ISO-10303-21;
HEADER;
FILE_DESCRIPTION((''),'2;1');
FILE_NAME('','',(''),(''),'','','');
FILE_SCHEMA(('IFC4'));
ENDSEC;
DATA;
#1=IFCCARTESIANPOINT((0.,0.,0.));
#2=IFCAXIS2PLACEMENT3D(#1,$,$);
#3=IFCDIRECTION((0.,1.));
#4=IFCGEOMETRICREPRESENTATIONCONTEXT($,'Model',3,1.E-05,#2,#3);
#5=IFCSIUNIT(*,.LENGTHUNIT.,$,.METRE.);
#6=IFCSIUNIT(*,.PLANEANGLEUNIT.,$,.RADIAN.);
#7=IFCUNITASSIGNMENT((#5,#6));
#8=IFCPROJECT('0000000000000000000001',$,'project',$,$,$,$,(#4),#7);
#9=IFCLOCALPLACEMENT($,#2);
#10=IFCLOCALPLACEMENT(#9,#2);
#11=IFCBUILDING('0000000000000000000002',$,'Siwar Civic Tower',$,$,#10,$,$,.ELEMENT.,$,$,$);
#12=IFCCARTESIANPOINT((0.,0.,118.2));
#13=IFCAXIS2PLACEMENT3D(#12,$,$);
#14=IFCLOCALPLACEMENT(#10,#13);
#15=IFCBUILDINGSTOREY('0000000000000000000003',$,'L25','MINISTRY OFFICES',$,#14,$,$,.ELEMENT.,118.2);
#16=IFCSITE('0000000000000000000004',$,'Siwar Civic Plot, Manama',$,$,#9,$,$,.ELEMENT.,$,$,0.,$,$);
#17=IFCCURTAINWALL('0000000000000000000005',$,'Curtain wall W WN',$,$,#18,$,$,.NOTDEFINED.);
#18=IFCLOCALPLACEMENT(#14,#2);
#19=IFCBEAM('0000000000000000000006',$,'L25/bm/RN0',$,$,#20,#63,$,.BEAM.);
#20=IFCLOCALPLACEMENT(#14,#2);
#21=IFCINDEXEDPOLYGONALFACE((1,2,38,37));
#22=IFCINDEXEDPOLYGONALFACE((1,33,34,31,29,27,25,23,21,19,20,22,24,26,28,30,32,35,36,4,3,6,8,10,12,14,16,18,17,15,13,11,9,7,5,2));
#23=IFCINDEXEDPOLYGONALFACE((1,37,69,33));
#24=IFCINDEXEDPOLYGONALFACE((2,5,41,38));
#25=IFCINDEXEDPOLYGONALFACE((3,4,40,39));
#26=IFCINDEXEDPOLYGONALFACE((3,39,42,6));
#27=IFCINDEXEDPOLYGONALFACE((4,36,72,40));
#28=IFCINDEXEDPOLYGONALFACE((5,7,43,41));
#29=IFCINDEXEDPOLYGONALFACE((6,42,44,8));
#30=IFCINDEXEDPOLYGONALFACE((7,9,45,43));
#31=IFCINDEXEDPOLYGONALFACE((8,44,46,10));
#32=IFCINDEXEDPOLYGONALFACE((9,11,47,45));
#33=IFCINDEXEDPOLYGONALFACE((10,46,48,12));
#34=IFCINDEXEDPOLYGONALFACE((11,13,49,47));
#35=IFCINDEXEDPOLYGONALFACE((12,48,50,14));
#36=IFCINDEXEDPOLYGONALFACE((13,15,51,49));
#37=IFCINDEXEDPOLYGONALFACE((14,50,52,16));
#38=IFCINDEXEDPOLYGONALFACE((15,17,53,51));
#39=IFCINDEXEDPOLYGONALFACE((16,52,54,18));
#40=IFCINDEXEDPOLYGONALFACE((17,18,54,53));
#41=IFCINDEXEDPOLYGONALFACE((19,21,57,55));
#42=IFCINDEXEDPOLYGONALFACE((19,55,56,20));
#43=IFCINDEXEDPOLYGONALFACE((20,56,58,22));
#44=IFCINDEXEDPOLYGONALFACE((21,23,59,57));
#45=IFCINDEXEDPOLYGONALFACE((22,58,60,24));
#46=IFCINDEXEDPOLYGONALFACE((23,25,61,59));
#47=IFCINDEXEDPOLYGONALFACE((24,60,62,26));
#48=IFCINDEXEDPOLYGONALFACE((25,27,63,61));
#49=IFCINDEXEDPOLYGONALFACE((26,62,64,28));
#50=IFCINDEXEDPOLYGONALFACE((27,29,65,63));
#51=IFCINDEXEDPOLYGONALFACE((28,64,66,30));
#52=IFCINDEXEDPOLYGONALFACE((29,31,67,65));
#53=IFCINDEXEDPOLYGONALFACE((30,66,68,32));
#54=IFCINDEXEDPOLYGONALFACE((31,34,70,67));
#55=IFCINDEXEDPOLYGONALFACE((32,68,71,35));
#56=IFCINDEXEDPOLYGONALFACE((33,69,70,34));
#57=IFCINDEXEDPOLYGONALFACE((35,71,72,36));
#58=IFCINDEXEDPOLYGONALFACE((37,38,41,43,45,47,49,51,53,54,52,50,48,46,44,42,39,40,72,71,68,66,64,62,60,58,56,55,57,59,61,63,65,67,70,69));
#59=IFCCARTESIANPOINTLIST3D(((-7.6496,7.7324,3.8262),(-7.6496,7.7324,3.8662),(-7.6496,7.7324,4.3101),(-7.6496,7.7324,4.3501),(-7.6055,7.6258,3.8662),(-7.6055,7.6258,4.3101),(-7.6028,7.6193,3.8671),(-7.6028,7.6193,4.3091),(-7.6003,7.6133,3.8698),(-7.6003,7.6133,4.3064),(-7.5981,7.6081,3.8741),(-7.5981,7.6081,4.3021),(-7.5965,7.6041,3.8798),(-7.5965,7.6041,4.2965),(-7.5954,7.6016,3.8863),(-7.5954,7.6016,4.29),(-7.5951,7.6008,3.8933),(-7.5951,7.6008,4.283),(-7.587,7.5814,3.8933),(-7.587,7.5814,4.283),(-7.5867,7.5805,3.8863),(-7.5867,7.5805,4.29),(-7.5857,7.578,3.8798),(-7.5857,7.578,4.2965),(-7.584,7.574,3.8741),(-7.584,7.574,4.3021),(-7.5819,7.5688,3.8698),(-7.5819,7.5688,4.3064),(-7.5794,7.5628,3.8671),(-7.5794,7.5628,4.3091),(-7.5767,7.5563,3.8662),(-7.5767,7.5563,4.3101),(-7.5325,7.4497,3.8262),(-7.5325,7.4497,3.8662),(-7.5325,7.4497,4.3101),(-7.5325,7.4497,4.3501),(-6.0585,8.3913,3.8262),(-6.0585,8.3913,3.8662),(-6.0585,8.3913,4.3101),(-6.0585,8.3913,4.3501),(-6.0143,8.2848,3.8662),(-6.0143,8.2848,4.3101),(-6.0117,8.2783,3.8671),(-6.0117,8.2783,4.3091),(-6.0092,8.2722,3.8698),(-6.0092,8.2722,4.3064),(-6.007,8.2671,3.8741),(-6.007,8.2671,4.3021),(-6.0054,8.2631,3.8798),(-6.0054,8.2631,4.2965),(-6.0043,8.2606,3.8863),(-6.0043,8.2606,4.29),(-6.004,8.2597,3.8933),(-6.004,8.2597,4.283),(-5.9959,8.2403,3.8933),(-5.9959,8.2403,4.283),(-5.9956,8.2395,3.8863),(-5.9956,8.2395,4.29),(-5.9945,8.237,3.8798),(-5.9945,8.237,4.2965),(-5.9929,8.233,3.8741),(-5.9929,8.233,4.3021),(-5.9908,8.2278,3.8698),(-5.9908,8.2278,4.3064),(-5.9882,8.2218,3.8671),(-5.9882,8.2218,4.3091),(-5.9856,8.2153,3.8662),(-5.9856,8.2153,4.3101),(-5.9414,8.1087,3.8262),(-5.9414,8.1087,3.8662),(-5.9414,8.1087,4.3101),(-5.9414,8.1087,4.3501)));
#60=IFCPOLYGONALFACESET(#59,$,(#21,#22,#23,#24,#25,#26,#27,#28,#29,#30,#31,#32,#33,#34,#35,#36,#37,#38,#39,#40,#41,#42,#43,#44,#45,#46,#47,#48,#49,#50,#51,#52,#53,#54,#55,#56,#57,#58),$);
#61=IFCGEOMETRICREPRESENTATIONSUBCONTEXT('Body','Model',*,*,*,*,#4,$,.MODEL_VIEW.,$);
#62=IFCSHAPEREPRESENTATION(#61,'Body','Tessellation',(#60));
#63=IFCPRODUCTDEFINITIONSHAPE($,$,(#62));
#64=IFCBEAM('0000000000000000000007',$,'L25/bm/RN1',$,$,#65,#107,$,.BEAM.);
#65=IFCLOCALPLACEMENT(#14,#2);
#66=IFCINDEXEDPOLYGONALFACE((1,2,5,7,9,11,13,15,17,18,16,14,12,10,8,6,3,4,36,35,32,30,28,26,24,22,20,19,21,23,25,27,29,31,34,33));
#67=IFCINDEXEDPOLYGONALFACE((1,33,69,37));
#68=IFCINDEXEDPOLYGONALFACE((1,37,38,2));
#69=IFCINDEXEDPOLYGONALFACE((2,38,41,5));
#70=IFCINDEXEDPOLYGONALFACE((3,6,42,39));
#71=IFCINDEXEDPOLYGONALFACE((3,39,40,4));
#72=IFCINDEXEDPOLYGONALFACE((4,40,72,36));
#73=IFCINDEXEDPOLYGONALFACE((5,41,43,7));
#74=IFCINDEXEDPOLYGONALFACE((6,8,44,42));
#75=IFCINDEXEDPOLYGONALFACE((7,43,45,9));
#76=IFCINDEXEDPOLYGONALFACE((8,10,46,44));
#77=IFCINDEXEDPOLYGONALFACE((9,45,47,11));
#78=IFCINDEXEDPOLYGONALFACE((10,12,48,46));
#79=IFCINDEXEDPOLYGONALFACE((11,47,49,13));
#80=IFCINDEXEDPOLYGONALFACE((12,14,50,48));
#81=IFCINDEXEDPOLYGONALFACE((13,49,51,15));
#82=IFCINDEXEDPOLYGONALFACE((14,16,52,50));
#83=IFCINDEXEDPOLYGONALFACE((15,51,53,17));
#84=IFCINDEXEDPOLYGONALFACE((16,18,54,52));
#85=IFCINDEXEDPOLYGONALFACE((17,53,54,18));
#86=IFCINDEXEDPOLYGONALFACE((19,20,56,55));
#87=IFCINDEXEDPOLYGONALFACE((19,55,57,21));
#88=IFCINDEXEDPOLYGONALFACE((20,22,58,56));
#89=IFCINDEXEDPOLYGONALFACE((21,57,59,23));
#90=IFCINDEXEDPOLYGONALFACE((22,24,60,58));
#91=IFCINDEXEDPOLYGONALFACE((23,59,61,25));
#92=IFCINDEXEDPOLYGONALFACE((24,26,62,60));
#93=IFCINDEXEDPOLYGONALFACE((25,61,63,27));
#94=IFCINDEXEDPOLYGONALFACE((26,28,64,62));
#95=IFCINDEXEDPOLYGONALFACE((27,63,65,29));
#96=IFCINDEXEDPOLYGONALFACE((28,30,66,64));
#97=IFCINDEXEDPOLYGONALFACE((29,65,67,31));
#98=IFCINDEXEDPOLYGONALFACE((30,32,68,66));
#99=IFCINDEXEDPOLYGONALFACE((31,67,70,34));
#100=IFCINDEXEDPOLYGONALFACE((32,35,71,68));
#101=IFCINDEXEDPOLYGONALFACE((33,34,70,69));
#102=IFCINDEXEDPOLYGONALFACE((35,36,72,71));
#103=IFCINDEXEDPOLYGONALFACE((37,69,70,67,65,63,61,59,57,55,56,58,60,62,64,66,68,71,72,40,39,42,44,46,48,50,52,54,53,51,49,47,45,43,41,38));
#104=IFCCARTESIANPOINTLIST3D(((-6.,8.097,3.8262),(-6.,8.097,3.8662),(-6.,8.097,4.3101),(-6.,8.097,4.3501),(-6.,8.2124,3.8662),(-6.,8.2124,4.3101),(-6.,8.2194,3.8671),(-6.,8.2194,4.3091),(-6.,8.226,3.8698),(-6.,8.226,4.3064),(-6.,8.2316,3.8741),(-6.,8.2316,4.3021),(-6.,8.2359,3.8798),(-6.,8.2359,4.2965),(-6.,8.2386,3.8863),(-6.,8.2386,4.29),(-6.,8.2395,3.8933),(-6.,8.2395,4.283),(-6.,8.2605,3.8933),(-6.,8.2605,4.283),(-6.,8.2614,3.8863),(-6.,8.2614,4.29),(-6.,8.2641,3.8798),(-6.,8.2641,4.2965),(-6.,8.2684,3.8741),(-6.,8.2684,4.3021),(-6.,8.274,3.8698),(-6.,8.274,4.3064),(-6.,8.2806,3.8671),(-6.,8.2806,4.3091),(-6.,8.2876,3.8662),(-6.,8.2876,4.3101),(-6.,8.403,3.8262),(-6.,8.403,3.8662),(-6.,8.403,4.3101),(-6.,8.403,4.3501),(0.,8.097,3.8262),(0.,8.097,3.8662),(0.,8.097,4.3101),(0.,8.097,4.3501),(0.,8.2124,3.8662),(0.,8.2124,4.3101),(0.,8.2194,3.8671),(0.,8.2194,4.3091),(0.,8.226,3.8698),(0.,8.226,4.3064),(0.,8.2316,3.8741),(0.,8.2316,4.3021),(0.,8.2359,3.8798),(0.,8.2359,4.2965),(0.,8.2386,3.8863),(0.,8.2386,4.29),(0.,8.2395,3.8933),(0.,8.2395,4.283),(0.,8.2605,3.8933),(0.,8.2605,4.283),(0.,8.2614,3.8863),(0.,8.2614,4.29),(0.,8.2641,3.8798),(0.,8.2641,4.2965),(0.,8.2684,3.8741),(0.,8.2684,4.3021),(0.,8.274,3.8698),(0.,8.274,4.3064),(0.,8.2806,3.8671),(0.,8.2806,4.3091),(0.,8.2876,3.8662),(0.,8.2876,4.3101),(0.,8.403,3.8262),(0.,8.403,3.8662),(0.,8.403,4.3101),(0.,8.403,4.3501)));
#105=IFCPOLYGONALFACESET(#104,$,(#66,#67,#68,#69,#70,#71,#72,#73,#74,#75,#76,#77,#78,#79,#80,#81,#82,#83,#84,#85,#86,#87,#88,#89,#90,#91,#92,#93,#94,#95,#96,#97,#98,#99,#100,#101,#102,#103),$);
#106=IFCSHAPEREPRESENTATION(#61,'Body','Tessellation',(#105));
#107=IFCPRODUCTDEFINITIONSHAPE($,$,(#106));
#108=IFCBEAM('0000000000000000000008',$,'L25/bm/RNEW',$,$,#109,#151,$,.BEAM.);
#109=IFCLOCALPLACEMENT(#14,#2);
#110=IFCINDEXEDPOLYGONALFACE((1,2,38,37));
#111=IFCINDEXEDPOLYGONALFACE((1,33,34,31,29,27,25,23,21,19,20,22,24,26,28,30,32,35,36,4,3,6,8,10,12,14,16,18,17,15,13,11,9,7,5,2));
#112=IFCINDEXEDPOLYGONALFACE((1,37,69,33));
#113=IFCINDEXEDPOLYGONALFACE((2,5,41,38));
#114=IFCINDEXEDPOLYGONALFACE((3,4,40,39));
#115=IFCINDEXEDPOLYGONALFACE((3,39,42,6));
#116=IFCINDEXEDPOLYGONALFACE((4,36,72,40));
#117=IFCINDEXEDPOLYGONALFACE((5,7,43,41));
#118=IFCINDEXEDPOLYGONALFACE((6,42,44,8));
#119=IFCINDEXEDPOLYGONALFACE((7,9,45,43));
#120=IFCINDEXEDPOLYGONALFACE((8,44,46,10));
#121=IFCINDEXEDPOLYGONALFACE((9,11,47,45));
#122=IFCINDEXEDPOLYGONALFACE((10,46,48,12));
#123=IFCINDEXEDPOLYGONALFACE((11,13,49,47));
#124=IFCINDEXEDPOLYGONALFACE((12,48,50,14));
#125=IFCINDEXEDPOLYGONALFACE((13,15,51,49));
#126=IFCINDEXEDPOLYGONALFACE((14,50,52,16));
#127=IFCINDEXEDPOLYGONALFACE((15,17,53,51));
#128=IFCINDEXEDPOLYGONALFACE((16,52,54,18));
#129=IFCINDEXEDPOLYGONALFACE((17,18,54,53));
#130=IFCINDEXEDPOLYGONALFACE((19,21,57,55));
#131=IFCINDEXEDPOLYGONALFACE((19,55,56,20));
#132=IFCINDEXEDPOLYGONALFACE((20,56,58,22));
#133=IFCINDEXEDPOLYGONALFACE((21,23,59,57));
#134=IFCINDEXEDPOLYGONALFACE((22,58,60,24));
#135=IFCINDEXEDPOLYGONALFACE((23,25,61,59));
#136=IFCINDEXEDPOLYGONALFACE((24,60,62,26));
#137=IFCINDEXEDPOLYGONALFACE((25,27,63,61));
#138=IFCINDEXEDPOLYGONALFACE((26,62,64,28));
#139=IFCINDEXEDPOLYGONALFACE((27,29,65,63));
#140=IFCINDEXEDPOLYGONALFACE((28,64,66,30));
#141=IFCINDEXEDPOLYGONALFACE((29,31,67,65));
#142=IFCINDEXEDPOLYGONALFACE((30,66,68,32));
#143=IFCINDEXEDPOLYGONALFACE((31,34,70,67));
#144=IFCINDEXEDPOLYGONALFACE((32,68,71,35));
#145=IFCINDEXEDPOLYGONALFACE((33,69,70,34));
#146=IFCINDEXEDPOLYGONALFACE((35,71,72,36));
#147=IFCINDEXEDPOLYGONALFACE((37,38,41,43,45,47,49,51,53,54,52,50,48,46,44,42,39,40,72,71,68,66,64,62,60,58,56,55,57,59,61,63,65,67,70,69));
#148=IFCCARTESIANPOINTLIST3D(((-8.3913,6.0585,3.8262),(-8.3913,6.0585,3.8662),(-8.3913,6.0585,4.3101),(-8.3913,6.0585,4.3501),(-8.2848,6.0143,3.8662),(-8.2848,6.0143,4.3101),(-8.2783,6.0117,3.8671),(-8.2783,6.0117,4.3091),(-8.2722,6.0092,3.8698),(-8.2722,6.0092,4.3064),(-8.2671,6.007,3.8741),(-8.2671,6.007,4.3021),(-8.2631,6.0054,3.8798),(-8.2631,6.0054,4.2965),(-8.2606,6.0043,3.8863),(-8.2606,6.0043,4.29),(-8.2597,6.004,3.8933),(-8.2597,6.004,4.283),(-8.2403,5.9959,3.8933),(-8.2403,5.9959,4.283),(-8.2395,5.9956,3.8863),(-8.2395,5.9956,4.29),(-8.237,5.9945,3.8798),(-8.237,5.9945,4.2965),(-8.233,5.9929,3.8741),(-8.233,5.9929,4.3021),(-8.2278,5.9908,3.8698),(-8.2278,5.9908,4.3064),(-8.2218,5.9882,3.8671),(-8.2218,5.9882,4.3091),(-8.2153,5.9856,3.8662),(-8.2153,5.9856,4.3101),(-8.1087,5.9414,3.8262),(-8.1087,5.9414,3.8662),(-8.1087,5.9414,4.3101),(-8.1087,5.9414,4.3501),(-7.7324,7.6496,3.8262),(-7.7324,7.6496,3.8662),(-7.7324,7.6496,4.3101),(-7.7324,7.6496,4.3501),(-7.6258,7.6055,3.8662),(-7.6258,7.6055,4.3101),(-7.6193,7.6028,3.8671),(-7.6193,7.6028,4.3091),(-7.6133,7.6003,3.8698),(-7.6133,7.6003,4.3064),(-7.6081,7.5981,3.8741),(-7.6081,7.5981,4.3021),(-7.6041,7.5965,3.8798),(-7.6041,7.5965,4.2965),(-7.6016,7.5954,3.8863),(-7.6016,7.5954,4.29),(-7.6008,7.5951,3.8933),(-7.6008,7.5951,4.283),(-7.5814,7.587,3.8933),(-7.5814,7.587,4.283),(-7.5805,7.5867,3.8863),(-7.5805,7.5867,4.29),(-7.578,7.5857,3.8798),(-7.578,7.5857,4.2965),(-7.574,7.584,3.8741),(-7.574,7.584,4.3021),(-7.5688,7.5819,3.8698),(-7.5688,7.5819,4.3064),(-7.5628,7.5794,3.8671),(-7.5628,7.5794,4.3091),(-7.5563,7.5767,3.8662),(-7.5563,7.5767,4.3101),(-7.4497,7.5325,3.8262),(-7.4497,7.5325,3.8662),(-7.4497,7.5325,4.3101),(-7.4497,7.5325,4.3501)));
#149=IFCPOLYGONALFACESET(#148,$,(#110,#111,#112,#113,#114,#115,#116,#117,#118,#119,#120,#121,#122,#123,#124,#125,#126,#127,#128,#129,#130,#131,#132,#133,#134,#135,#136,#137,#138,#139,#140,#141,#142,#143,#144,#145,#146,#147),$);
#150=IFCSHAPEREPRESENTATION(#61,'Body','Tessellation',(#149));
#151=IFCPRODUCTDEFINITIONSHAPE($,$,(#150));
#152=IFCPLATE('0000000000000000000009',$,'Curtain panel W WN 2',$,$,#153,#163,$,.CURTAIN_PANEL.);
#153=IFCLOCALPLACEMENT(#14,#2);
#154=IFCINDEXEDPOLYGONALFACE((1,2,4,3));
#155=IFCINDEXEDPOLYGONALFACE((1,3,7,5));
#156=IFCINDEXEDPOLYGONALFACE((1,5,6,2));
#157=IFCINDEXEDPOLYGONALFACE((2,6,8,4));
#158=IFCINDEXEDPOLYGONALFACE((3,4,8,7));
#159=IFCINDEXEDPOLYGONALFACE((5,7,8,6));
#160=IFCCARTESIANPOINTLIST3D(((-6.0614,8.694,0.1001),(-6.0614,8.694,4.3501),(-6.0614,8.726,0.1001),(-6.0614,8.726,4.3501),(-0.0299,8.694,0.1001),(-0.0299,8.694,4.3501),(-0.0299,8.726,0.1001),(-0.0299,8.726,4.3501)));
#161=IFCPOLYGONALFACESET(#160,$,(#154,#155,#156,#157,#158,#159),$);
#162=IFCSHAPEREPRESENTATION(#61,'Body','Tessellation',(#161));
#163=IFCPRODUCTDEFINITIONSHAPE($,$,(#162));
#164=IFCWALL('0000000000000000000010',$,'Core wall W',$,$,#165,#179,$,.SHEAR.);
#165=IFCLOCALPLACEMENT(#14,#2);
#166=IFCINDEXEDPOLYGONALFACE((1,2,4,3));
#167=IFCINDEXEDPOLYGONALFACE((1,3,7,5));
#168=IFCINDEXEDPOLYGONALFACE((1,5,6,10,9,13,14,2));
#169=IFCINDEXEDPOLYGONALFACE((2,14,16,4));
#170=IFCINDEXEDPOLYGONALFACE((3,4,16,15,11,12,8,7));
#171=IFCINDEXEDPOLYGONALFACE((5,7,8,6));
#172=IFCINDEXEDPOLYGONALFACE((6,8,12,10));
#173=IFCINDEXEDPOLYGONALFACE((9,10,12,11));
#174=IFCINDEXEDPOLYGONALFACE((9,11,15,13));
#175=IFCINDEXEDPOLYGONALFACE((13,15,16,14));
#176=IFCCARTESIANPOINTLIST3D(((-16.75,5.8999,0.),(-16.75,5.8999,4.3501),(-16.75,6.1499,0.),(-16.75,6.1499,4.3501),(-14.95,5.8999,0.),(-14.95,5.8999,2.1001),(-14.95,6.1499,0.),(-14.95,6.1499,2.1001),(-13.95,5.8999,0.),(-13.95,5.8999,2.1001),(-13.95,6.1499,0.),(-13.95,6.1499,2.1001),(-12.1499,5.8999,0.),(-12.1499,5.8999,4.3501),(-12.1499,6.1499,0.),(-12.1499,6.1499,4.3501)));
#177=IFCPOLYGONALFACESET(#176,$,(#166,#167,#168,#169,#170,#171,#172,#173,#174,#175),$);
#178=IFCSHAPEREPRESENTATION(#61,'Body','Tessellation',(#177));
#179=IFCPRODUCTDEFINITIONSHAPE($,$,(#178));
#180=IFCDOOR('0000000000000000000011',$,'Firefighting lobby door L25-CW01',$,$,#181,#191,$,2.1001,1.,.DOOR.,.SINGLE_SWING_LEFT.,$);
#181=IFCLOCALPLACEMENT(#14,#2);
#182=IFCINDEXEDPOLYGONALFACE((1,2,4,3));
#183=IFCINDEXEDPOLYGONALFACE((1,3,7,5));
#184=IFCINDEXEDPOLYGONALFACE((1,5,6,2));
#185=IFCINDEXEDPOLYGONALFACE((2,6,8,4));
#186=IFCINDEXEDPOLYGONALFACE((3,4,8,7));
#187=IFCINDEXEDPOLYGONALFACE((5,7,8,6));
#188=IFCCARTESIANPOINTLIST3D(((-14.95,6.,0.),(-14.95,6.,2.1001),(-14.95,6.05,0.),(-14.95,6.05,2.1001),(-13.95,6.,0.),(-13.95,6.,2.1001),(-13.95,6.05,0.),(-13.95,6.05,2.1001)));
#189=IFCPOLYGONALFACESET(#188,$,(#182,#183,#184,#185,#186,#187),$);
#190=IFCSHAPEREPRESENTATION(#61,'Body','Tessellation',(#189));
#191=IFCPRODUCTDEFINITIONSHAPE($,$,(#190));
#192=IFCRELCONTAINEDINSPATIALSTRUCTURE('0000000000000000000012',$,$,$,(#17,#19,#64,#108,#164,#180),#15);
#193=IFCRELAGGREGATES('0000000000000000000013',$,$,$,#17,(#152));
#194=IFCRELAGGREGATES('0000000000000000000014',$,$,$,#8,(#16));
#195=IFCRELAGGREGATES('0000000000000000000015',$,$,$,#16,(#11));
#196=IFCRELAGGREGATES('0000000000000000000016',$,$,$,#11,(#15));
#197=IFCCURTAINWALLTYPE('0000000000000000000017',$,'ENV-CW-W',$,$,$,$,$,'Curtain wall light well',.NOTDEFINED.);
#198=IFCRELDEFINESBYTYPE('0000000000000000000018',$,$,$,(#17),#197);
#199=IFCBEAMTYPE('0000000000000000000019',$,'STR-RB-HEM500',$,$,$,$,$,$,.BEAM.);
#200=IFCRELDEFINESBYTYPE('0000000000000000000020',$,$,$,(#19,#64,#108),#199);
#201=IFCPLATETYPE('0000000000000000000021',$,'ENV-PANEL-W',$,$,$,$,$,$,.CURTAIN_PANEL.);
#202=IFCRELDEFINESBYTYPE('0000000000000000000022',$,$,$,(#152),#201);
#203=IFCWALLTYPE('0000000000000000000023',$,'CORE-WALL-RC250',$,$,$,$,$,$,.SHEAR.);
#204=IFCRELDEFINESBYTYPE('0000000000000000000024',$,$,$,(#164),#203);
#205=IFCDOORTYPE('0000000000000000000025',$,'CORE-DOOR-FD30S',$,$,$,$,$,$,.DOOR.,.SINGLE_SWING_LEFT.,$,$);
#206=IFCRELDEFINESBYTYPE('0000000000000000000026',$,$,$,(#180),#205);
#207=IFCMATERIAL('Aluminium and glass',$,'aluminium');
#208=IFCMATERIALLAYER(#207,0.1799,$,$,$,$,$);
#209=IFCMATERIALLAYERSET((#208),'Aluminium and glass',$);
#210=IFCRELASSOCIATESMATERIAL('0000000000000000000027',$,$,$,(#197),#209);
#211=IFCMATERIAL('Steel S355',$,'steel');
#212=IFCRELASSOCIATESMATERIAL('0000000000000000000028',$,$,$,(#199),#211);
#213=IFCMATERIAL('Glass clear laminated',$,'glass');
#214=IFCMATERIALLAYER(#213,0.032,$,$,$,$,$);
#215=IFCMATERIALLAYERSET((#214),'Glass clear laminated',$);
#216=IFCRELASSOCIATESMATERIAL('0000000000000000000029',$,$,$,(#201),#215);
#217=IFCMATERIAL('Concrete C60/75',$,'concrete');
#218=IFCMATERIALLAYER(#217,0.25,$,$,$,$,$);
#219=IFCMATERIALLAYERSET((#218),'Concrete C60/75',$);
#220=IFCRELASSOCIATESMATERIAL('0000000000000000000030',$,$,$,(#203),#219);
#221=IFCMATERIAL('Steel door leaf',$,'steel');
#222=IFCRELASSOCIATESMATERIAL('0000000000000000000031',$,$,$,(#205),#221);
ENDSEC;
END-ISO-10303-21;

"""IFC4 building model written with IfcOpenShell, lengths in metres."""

from ifc_helpers import new_model, si_unit, direction, frame, frame_2d, origin, origin_2d, place, context, subcontext, project, spatial, rectangle, i_section, extrude, material, layer, layer_set, material_profile, profile_set, type_object, element, fill, aggregate, save


model = new_model("IFC4")

# Units and contexts
model_context = context("Model", 3, precision=1e-05, world=origin(), true_north=direction((0.0, 1.0)))
body_context = subcontext(model_context, "Body", "Model", "MODEL_VIEW")
ifc_project = project(units=[si_unit("LENGTHUNIT", "METRE"), si_unit("PLANEANGLEUNIT", "RADIAN")], contexts=[model_context])

# Site, building, storey
site_placement = place(None, origin())
site = spatial("IfcSite", under=ifc_project, at=site_placement, Name="Siwar Civic Plot, Manama", CompositionType="ELEMENT", RefElevation=0.0)
building_placement = place(site_placement, origin())
building = spatial("IfcBuilding", under=site, at=building_placement, Name="Siwar Civic Tower", CompositionType="ELEMENT")
storey_placement = place(building_placement, frame((0.0, 0.0, 118.2)))
storey = spatial("IfcBuildingStorey", under=building, at=storey_placement, Name="L25", Description="MINISTRY OFFICES", CompositionType="ELEMENT", Elevation=118.2)

# Curtain wall
ifc_material_1 = material(Name="Aluminium and glass", Category="aluminium")
ifc_layer_1 = layer(ifc_material_1, 0.1799)
ifc_layer_set_1 = layer_set([ifc_layer_1], Name="Aluminium and glass")
curtain_wall_type = type_object("IfcCurtainWallType", Name="ENV-CW-W", ElementType="Curtain wall light well", PredefinedType="NOTDEFINED", material=ifc_layer_set_1)
curtain_wall_placement = place(storey_placement, origin())
curtain_wall = element("IfcCurtainWall", 1, at=curtain_wall_placement, inside=storey, type_object=curtain_wall_type, Name="Curtain wall W WN", PredefinedType="NOTDEFINED")

# Beams
ifc_material_2 = material(Name="Steel S355", Category="steel")
ifc_material_profile_1 = material_profile(ifc_material_2, i_section(OverallWidth=0.3059, OverallDepth=0.5239, WebThickness=0.021, FlangeThickness=0.04, FilletRadius=0.0271, at=origin_2d()), Name="HEM500")
ifc_profile_set_1 = profile_set([ifc_material_profile_1], Name="Steel S355")
beam_type_1 = type_object("IfcBeamType", Name="STR-RB-HEM500", PredefinedType="BEAM", material=ifc_profile_set_1)
beam_1_placement = place(storey_placement, frame((-7.5911, 7.5911, 4.0881), z_axis=(0.923901, 0.382631, 0.0), x_axis=(-0.382631, 0.923901, 0.0)))
element("IfcBeam", 2, at=beam_1_placement, inside=storey, type_object=beam_type_1, Name="L25/bm/RN0", PredefinedType="BEAM", context=body_context, shape_type="SweptSolid", body=[
    extrude(i_section(OverallWidth=0.3059, OverallDepth=0.5239, WebThickness=0.021, FlangeThickness=0.04, FilletRadius=0.0271, at=origin_2d()), origin(), (0.0, 0.0, 1.0), 1.7222),
])
beam_2_placement = place(storey_placement, frame((-6.0, 8.25, 4.0881), z_axis=(1.0, 0.0, 0.0), x_axis=(0.0, 1.0, 0.0)))
element("IfcBeam", 3, at=beam_2_placement, inside=storey, type_object=beam_type_1, Name="L25/bm/RN1", PredefinedType="BEAM", context=body_context, shape_type="SweptSolid", body=[
    extrude(i_section(OverallWidth=0.3059, OverallDepth=0.5239, WebThickness=0.021, FlangeThickness=0.04, FilletRadius=0.0271, at=origin_2d()), origin(), (0.0, 0.0, 1.0), 6.0),
])
beam_3_placement = place(storey_placement, frame((-7.5911, 7.5911, 4.0881), z_axis=(-0.382631, -0.923901, 0.0), x_axis=(0.923901, -0.382631, 0.0)))
element("IfcBeam", 4, at=beam_3_placement, inside=storey, type_object=beam_type_1, Name="L25/bm/RNEW", PredefinedType="BEAM", context=body_context, shape_type="SweptSolid", body=[
    extrude(i_section(OverallWidth=0.3059, OverallDepth=0.5239, WebThickness=0.021, FlangeThickness=0.04, FilletRadius=0.0271, at=origin_2d()), origin(), (0.0, 0.0, 1.0), 1.7222),
])

# Plate
ifc_material_3 = material(Name="Glass clear laminated", Category="glass")
ifc_layer_2 = layer(ifc_material_3, 0.032)
ifc_layer_set_2 = layer_set([ifc_layer_2], Name="Glass clear laminated")
plate_type = type_object("IfcPlateType", Name="ENV-PANEL-W", PredefinedType="CURTAIN_PANEL", material=ifc_layer_set_2)
plate_placement = place(storey_placement, frame((-3.0457, 8.71, 0.1001), z_axis=(0.0, 0.0, 1.0), x_axis=(-1.0, 0.0, 0.0)))
plate = element("IfcPlate", 5, at=plate_placement, type_object=plate_type, Name="Curtain panel W WN 2", PredefinedType="CURTAIN_PANEL", context=body_context, shape_type="SweptSolid", body=[
    extrude(rectangle(XDim=6.0315, YDim=0.032, at=origin_2d()), origin(), (0.0, 0.0, 1.0), 4.25),
])
aggregate(curtain_wall, [plate])

# Wall, opening, door
ifc_material_4 = material(Name="Concrete C60/75", Category="concrete")
ifc_layer_3 = layer(ifc_material_4, 0.25)
ifc_layer_set_3 = layer_set([ifc_layer_3], Name="Concrete C60/75")
wall_type_1 = type_object("IfcWallType", Name="CORE-WALL-RC250", PredefinedType="SHEAR", material=ifc_layer_set_3)
wall_1_placement = place(storey_placement, frame((-12.1499, 6.0249, 0.0), z_axis=(0.0, 0.0, 1.0), x_axis=(-1.0, 0.0, 0.0)))
wall_1 = element("IfcWall", 6, at=wall_1_placement, inside=storey, type_object=wall_type_1, Name="Core wall W", PredefinedType="SHEAR", context=body_context, shape_type="SweptSolid", body=[
    extrude(rectangle(XDim=4.6001, YDim=0.25, at=frame_2d((2.3, 0.0))), origin(), (0.0, 0.0, 1.0), 4.3501),
])
opening_1_placement = place(wall_1_placement, frame((1.8, 0.0, 0.0)))
opening_1 = element("IfcOpeningElement", 7, at=opening_1_placement, cuts=wall_1, PredefinedType="OPENING", context=body_context, shape_type="SweptSolid", body=[
    extrude(rectangle(XDim=1.0, YDim=2.1001, at=frame_2d((0.5, 1.05))), frame((0.0, 0.135, 0.0), z_axis=(0.0, -1.0, 0.0), x_axis=(1.0, 0.0, 0.0)), (0.0, 0.0, 1.0), 0.27),
])
ifc_material_5 = material(Name="Steel door leaf", Category="steel")
door_type_1 = type_object("IfcDoorType", Name="CORE-DOOR-FD30S", OperationType="SINGLE_SWING_LEFT", PredefinedType="DOOR", material=ifc_material_5)
door_1_placement = place(opening_1_placement, origin())
door_1 = element("IfcDoor", 8, at=door_1_placement, inside=storey, type_object=door_type_1, Name="Firefighting lobby door L25-CW01", OperationType="SINGLE_SWING_LEFT", OverallHeight=2.1001, OverallWidth=1.0, PredefinedType="DOOR", context=body_context, shape_type="SweptSolid", body=[
    extrude(rectangle(XDim=1.0, YDim=2.1001, at=frame_2d((0.5, 1.05))), frame((0.0, 0.0249, 0.0), z_axis=(0.0, -1.0, 0.0), x_axis=(1.0, 0.0, 0.0)), (0.0, 0.0, 1.0), 0.05),
])
fill(opening_1, door_1)

save(model, "model.ifc")
